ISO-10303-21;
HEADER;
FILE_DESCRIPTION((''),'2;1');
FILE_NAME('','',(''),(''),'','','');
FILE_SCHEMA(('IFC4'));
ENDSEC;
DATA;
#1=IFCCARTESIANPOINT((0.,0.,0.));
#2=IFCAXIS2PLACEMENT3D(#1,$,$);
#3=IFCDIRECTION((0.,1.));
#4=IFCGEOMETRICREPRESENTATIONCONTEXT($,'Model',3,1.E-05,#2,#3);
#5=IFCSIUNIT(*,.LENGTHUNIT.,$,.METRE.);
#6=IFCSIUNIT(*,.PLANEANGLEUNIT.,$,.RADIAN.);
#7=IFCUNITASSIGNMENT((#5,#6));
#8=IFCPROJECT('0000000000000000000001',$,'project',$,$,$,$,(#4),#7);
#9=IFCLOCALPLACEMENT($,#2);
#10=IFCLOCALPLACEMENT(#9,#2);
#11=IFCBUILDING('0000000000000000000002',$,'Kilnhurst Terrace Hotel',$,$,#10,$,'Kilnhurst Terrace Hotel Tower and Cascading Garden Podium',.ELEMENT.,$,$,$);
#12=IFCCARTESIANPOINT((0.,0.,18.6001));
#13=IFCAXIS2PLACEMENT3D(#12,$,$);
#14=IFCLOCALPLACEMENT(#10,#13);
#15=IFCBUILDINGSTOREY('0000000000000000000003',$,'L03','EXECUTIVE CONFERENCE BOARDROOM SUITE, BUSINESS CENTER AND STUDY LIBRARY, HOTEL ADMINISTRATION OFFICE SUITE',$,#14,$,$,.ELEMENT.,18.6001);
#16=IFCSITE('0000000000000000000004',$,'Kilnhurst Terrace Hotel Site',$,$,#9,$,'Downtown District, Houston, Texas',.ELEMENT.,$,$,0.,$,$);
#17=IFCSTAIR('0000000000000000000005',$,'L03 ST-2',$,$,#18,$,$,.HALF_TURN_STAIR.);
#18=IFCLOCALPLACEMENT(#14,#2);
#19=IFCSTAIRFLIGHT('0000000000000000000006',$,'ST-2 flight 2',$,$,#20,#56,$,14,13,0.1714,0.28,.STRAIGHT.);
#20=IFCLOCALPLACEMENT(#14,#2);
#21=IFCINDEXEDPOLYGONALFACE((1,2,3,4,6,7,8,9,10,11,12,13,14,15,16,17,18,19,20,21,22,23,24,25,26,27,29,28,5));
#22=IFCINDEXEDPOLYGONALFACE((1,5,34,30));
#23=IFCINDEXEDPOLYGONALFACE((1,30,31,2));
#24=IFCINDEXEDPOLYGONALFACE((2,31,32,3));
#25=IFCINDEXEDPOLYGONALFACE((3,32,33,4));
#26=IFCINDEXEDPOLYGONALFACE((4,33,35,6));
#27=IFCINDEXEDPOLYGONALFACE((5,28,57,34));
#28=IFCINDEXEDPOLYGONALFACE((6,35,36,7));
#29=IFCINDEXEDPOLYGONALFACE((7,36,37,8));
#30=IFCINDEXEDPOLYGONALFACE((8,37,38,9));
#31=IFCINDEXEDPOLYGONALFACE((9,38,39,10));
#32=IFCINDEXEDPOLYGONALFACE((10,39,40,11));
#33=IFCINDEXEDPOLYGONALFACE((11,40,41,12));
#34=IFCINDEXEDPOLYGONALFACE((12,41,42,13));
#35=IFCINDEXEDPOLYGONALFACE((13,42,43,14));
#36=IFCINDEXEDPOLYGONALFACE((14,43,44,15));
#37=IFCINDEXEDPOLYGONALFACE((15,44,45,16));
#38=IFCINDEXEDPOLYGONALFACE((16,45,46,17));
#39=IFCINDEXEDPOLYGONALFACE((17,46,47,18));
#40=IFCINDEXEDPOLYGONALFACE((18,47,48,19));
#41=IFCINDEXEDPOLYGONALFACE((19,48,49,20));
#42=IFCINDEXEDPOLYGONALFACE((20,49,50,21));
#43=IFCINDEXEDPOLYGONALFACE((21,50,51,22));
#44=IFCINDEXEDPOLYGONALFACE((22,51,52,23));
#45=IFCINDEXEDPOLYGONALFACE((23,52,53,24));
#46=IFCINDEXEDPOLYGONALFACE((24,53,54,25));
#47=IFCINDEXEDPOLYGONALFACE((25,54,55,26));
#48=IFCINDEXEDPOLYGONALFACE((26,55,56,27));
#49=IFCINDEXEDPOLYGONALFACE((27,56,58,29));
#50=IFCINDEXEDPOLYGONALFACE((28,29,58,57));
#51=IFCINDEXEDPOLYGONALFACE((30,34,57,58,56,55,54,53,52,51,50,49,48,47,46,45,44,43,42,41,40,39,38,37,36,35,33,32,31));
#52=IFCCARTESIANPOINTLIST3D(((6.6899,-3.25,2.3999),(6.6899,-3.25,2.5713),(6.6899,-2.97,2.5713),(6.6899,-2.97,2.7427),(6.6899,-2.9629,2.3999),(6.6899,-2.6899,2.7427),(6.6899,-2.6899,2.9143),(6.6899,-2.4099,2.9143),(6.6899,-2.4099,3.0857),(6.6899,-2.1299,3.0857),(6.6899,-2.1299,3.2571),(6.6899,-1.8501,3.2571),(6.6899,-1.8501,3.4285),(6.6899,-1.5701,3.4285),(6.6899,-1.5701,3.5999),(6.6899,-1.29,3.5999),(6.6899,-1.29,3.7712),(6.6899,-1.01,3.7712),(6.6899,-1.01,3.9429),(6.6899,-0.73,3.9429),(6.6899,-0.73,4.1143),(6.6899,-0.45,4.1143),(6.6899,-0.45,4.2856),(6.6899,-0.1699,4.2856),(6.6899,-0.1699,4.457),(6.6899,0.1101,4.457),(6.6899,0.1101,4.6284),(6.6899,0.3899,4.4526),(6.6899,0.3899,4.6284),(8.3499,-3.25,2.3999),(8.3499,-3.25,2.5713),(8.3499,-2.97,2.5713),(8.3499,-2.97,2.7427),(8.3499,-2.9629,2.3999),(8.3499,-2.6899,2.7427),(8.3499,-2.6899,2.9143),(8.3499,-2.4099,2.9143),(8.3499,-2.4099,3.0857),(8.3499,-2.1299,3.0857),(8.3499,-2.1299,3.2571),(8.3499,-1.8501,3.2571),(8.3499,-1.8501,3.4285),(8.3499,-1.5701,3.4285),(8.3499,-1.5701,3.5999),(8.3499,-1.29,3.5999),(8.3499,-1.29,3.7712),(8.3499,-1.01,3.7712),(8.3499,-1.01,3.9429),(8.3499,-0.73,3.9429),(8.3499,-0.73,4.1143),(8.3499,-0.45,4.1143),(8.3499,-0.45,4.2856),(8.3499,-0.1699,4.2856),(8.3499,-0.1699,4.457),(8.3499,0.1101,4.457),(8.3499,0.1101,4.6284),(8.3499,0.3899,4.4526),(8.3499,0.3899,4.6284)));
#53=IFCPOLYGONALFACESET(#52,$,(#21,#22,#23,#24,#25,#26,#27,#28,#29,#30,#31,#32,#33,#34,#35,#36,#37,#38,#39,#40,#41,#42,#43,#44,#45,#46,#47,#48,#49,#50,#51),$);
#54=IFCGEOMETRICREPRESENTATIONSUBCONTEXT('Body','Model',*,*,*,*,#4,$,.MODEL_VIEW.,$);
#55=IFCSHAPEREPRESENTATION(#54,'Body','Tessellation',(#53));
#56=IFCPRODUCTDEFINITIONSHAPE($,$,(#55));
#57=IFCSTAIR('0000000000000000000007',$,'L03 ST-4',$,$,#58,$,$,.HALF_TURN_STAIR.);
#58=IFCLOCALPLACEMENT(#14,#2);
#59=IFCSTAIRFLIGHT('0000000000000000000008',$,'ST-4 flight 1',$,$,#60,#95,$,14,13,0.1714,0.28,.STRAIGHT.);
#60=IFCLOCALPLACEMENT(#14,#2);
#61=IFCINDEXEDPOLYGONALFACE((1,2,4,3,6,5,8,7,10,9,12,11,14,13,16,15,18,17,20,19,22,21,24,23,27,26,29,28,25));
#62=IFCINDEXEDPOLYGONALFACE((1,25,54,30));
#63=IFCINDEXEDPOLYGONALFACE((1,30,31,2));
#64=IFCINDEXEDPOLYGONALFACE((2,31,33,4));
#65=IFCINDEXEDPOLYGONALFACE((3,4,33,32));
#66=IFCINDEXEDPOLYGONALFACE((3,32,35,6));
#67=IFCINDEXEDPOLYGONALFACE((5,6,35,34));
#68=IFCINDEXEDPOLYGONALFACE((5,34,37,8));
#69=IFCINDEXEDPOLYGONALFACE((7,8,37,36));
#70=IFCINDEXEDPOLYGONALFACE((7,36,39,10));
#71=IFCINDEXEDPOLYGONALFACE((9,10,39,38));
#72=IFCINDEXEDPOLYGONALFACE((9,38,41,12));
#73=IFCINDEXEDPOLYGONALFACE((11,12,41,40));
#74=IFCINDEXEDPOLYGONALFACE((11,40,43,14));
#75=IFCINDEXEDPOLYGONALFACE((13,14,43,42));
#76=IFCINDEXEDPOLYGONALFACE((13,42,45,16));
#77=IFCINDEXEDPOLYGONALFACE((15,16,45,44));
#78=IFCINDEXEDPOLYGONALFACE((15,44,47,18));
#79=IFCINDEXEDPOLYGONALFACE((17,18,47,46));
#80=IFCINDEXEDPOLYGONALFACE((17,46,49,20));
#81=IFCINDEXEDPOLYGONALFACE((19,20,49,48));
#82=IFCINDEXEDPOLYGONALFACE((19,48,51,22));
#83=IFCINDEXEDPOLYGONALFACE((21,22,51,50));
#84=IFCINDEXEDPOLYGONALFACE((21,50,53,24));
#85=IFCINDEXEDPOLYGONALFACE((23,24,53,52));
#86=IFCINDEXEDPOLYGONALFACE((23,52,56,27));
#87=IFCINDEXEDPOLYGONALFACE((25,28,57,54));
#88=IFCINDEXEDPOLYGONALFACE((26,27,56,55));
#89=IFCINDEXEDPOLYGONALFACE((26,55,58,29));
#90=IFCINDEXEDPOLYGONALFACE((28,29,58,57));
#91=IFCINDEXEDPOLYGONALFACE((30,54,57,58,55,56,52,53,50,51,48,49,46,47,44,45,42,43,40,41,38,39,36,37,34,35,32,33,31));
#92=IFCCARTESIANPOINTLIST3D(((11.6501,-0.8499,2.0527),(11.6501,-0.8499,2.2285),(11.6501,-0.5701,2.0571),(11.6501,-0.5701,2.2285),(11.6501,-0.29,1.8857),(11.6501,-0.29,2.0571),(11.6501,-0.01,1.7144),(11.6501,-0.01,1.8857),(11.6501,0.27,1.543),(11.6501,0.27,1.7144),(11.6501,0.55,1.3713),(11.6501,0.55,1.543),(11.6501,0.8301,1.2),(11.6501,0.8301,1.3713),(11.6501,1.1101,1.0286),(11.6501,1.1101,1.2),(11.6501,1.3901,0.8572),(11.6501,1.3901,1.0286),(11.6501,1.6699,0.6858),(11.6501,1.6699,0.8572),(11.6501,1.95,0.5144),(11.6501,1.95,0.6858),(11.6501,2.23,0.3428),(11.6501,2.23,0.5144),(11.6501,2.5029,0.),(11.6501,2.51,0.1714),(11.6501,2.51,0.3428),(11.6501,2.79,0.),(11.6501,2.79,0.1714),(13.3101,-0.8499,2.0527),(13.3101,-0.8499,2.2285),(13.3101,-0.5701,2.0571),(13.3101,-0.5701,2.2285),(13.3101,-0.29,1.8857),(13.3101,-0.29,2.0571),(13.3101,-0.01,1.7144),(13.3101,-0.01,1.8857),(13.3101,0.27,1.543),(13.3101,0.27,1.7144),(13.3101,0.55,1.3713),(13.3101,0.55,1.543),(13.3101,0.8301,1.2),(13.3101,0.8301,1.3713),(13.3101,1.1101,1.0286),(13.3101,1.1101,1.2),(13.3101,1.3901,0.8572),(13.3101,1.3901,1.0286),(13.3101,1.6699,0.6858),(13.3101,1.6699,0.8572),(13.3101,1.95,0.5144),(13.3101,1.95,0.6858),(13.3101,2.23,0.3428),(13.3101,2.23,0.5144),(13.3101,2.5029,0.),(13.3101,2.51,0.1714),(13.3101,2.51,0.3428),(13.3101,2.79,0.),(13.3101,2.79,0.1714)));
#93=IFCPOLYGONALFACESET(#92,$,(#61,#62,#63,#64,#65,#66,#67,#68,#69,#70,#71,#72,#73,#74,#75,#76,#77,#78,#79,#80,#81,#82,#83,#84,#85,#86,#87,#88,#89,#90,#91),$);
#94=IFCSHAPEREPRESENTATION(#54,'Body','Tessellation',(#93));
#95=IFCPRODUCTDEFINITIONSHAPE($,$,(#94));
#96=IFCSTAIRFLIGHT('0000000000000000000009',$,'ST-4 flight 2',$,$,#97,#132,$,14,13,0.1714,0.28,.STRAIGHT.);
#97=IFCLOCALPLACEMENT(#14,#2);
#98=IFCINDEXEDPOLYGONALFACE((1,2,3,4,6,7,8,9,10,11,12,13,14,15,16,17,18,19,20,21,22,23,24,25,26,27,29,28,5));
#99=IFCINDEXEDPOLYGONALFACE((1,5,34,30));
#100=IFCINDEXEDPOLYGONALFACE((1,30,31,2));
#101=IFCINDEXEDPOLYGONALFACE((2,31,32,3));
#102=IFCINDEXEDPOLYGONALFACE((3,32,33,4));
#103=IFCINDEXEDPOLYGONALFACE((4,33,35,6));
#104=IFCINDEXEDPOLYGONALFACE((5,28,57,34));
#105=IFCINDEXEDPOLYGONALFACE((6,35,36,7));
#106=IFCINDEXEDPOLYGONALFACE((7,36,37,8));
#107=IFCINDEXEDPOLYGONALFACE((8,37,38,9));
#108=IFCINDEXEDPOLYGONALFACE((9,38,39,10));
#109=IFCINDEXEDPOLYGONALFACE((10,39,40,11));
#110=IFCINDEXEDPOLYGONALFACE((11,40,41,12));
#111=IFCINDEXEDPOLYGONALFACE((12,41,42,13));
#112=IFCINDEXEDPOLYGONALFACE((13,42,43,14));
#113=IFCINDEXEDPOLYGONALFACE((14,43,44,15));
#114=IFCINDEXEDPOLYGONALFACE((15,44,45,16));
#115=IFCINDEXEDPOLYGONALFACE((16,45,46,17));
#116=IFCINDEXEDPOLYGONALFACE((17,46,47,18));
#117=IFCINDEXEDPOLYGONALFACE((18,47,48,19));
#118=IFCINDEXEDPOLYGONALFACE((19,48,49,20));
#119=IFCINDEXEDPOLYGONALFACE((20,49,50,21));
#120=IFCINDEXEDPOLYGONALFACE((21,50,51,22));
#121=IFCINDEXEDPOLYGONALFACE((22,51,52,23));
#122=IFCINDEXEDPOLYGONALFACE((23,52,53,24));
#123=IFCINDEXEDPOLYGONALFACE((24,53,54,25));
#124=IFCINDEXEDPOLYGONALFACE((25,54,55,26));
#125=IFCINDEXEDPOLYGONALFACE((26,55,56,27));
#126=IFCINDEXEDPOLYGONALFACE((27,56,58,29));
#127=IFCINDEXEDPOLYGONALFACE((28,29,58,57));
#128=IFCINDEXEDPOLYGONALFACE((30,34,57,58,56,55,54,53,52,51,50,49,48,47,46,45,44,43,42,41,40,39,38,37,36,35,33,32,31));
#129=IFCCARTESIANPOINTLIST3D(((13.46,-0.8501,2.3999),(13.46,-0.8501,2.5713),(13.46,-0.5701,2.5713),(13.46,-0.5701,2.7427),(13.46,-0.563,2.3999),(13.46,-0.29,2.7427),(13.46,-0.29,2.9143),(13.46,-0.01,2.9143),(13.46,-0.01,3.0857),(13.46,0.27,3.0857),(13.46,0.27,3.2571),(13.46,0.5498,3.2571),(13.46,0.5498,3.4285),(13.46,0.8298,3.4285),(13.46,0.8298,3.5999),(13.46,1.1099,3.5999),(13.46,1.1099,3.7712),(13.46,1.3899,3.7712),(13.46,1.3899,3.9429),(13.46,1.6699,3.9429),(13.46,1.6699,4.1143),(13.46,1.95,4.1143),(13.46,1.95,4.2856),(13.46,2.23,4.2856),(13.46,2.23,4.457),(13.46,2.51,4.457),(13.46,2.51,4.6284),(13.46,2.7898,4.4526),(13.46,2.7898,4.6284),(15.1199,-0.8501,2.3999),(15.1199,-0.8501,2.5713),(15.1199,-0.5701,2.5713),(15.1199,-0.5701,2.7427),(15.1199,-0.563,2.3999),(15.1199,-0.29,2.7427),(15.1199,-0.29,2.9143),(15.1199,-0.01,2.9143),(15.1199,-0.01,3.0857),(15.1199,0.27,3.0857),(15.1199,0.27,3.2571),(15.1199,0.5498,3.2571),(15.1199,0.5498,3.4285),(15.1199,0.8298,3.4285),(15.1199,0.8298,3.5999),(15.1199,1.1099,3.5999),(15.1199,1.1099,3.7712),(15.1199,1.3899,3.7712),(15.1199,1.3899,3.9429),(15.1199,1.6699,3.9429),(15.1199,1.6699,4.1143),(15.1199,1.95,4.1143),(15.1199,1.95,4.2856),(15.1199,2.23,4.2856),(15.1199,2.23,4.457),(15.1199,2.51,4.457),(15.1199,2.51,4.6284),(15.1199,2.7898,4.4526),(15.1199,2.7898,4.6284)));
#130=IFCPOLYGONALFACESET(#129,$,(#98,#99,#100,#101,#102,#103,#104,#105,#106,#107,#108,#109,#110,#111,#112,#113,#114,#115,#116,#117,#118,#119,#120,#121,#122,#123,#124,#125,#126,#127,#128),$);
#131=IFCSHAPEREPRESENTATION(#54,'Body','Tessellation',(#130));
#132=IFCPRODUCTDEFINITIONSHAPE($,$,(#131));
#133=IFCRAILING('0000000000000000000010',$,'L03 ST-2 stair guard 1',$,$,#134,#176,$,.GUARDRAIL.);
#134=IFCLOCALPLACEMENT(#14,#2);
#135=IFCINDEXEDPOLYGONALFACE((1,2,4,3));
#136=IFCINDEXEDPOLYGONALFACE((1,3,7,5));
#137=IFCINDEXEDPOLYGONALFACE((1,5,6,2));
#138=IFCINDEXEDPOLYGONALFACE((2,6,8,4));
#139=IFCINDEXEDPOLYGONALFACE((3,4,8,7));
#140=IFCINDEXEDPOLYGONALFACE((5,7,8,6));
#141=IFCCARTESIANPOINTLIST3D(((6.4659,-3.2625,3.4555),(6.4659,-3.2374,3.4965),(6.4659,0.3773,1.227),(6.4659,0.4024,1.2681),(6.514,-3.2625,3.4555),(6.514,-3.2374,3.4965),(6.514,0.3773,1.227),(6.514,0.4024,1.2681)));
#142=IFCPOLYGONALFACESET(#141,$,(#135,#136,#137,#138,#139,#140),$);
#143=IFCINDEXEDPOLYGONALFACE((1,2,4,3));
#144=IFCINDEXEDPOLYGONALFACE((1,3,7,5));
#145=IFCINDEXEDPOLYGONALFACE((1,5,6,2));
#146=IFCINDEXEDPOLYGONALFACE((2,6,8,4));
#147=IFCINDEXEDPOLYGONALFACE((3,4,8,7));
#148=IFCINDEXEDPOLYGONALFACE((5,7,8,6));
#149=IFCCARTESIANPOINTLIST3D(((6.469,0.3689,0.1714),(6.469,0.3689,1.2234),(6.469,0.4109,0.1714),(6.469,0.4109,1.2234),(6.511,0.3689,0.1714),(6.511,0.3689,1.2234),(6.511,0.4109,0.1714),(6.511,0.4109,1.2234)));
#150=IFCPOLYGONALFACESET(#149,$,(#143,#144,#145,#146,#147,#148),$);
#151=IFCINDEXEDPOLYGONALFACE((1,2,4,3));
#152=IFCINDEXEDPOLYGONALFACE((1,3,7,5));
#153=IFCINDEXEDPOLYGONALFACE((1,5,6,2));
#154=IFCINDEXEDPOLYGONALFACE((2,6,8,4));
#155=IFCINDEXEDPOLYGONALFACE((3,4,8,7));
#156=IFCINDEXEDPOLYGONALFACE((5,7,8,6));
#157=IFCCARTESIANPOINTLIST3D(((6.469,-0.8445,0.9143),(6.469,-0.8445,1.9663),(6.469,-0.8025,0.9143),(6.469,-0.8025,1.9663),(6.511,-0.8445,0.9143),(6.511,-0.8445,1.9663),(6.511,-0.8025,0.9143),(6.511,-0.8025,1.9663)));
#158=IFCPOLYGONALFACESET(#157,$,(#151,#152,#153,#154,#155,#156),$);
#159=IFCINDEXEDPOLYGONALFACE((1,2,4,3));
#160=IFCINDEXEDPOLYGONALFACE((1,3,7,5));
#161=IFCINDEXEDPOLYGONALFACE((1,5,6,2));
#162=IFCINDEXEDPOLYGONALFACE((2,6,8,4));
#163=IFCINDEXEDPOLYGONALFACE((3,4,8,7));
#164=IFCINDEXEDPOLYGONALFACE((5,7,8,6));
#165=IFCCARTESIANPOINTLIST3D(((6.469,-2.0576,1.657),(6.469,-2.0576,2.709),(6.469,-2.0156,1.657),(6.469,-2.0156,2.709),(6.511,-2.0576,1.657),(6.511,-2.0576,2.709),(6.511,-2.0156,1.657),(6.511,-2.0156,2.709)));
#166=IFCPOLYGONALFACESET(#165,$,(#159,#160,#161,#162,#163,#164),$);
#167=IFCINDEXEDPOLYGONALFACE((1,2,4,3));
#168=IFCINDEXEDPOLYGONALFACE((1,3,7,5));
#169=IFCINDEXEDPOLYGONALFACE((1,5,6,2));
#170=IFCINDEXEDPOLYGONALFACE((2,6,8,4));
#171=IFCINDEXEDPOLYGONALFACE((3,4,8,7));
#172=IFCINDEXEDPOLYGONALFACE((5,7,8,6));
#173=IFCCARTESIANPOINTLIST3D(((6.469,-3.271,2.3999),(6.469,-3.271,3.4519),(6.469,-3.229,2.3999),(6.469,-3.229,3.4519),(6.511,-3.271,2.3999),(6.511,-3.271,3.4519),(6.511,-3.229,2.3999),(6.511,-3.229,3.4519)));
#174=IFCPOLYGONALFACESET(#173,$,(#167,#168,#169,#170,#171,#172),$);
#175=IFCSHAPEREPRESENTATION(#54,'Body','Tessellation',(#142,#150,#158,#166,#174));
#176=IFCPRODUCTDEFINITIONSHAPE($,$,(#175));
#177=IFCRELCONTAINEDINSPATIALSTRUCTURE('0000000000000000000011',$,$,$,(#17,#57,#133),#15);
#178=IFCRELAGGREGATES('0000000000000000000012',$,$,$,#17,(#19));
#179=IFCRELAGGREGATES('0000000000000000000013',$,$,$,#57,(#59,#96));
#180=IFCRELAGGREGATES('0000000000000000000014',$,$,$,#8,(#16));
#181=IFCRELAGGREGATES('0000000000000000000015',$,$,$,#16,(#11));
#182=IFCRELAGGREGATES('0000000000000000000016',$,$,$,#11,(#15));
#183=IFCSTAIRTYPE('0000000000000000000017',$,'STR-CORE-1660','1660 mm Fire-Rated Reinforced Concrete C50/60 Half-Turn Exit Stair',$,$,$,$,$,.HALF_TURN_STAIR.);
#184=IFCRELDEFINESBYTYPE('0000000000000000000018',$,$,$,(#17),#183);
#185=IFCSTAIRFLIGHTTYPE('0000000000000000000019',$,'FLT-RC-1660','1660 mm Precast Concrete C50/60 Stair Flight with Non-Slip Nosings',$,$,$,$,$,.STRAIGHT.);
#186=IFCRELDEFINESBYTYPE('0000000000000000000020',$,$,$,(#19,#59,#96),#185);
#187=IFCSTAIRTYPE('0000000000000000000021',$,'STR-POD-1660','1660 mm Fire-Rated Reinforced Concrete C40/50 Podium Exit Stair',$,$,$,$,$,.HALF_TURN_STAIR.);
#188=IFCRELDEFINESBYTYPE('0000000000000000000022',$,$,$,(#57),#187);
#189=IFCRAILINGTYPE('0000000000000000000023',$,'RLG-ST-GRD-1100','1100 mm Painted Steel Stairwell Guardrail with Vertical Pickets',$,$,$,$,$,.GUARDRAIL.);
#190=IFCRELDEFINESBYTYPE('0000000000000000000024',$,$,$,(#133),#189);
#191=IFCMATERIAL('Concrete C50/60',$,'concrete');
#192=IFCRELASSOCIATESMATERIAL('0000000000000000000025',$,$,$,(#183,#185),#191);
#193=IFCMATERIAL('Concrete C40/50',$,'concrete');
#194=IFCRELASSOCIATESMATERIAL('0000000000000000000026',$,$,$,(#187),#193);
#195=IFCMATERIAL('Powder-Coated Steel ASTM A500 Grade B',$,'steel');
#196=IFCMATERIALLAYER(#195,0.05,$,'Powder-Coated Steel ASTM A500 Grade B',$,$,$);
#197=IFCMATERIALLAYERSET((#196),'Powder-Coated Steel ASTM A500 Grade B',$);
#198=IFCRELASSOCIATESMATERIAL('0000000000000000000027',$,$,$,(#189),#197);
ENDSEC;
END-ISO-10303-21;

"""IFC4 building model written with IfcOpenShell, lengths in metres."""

from ifc_helpers import new_model, si_unit, direction, frame, origin, origin_2d, place, context, subcontext, project, spatial, polyline, rectangle, outline, extrude, material, layer, layer_set, type_object, element, aggregate, save


model = new_model("IFC4")

# Units and contexts
model_context = context("Model", 3, precision=1e-05, world=origin(), true_north=direction((0.0, 1.0)))
body_context = subcontext(model_context, "Body", "Model", "MODEL_VIEW")
ifc_project = project(units=[si_unit("LENGTHUNIT", "METRE"), si_unit("PLANEANGLEUNIT", "RADIAN")], contexts=[model_context])

# Site, building, storey
site_placement = place(None, origin())
site = spatial("IfcSite", under=ifc_project, at=site_placement, Name="Kilnhurst Terrace Hotel Site", LongName="Downtown District, Houston, Texas", CompositionType="ELEMENT", RefElevation=0.0)
building_placement = place(site_placement, origin())
building = spatial("IfcBuilding", under=site, at=building_placement, Name="Kilnhurst Terrace Hotel", LongName="Kilnhurst Terrace Hotel Tower and Cascading Garden Podium", CompositionType="ELEMENT")
storey_placement = place(building_placement, frame((0.0, 0.0, 18.6001)))
storey = spatial("IfcBuildingStorey", under=building, at=storey_placement, Name="L03", Description="EXECUTIVE CONFERENCE BOARDROOM SUITE, BUSINESS CENTER AND STUDY LIBRARY, HOTEL ADMINISTRATION OFFICE SUITE", CompositionType="ELEMENT", Elevation=18.6001)

# Stair, stair flight
ifc_material_1 = material(Name="Concrete C50/60", Category="concrete")
stair_type_1 = type_object("IfcStairType", Name="STR-CORE-1660", Description="1660 mm Fire-Rated Reinforced Concrete C50/60 Half-Turn Exit Stair", PredefinedType="HALF_TURN_STAIR", material=ifc_material_1)
stair_1_placement = place(storey_placement, origin())
stair_1 = element("IfcStair", 1, at=stair_1_placement, inside=storey, type_object=stair_type_1, Name="L03 ST-2", PredefinedType="HALF_TURN_STAIR")
stair_flight_type = type_object("IfcStairFlightType", Name="FLT-RC-1660", Description="1660 mm Precast Concrete C50/60 Stair Flight with Non-Slip Nosings", PredefinedType="STRAIGHT", material=ifc_material_1)
stair_flight_1_placement = place(storey_placement, frame((7.52, -3.25, 2.3999), z_axis=(0.0, 0.0, 1.0), x_axis=(0.0, 1.0, 0.0)))
stair_flight_1 = element("IfcStairFlight", 2, at=stair_flight_1_placement, type_object=stair_flight_type, Name="ST-2 flight 2", NumberOfRisers=14, NumberOfTreads=13, PredefinedType="STRAIGHT", RiserHeight=0.1714, TreadLength=0.28, context=body_context, shape_type="SweptSolid", body=[
    extrude(outline(polyline([(0.0, 0.0), (0.0, 0.1714), (0.28, 0.1714), (0.28, 0.3428), (0.5601, 0.3428), (0.5601, 0.5144), (0.8401, 0.5144), (0.8401, 0.6858), (1.1201, 0.6858), (1.1201, 0.8572), (1.3999, 0.8572), (1.3999, 1.0286), (1.6799, 1.0286), (1.6799, 1.2), (1.96, 1.2), (1.96, 1.3713), (2.24, 1.3713), (2.24, 1.543), (2.52, 1.543), (2.52, 1.7144), (2.8, 1.7144), (2.8, 1.8857), (3.0801, 1.8857), (3.0801, 2.0571), (3.3601, 2.0571), (3.3601, 2.2285), (3.6399, 2.2285), (3.6399, 2.3999), (3.6399, 2.0527), (0.2871, 0.0), (0.0, 0.0)])), frame((0.0, 0.8301, 0.0), z_axis=(0.0, -1.0, 0.0), x_axis=(1.0, 0.0, 0.0)), (0.0, 0.0, 1.0), 1.6599),
])
aggregate(stair_1, [stair_flight_1])

# Stair, stair flights
ifc_material_2 = material(Name="Concrete C40/50", Category="concrete")
stair_type_2 = type_object("IfcStairType", Name="STR-POD-1660", Description="1660 mm Fire-Rated Reinforced Concrete C40/50 Podium Exit Stair", PredefinedType="HALF_TURN_STAIR", material=ifc_material_2)
stair_2_placement = place(storey_placement, origin())
stair_2 = element("IfcStair", 3, at=stair_2_placement, inside=storey, type_object=stair_type_2, Name="L03 ST-4", PredefinedType="HALF_TURN_STAIR")
stair_flight_2_placement = place(storey_placement, frame((12.48, 2.79, 0.0), z_axis=(0.0, 0.0, 1.0), x_axis=(0.0, -1.0, 0.0)))
stair_flight_2 = element("IfcStairFlight", 4, at=stair_flight_2_placement, type_object=stair_flight_type, Name="ST-4 flight 1", NumberOfRisers=14, NumberOfTreads=13, PredefinedType="STRAIGHT", RiserHeight=0.1714, TreadLength=0.28, context=body_context, shape_type="SweptSolid", body=[
    extrude(outline(polyline([(0.0, 0.0), (0.0, 0.1714), (0.28, 0.1714), (0.28, 0.3428), (0.5601, 0.3428), (0.5601, 0.5144), (0.8401, 0.5144), (0.8401, 0.6858), (1.1201, 0.6858), (1.1201, 0.8572), (1.3999, 0.8572), (1.3999, 1.0286), (1.6799, 1.0286), (1.6799, 1.2), (1.96, 1.2), (1.96, 1.3713), (2.24, 1.3713), (2.24, 1.543), (2.52, 1.543), (2.52, 1.7144), (2.8, 1.7144), (2.8, 1.8857), (3.0801, 1.8857), (3.0801, 2.0571), (3.3601, 2.0571), (3.3601, 2.2285), (3.6399, 2.2285), (3.6399, 2.3999), (3.6399, 2.0527), (0.2871, 0.0), (0.0, 0.0)])), frame((0.0, 0.8301, 0.0), z_axis=(0.0, -1.0, 0.0), x_axis=(1.0, 0.0, 0.0)), (0.0, 0.0, 1.0), 1.6599),
])
stair_flight_3_placement = place(storey_placement, frame((14.29, -0.8501, 2.3999), z_axis=(0.0, 0.0, 1.0), x_axis=(0.0, 1.0, 0.0)))
stair_flight_3 = element("IfcStairFlight", 5, at=stair_flight_3_placement, type_object=stair_flight_type, Name="ST-4 flight 2", NumberOfRisers=14, NumberOfTreads=13, PredefinedType="STRAIGHT", RiserHeight=0.1714, TreadLength=0.28, context=body_context, shape_type="SweptSolid", body=[
    extrude(outline(polyline([(0.0, 0.0), (0.0, 0.1714), (0.28, 0.1714), (0.28, 0.3428), (0.5601, 0.3428), (0.5601, 0.5144), (0.8401, 0.5144), (0.8401, 0.6858), (1.1201, 0.6858), (1.1201, 0.8572), (1.3999, 0.8572), (1.3999, 1.0286), (1.6799, 1.0286), (1.6799, 1.2), (1.96, 1.2), (1.96, 1.3713), (2.24, 1.3713), (2.24, 1.543), (2.52, 1.543), (2.52, 1.7144), (2.8, 1.7144), (2.8, 1.8857), (3.0801, 1.8857), (3.0801, 2.0571), (3.3601, 2.0571), (3.3601, 2.2285), (3.6399, 2.2285), (3.6399, 2.3999), (3.6399, 2.0527), (0.2871, 0.0), (0.0, 0.0)])), frame((0.0, 0.8301, 0.0), z_axis=(0.0, -1.0, 0.0), x_axis=(1.0, 0.0, 0.0)), (0.0, 0.0, 1.0), 1.6599),
])
aggregate(stair_2, [stair_flight_2, stair_flight_3])

# Railing
ifc_material_3 = material(Name="Powder-Coated Steel ASTM A500 Grade B", Category="steel")
ifc_layer_1 = layer(ifc_material_3, 0.05, Name="Powder-Coated Steel ASTM A500 Grade B")
ifc_layer_set_1 = layer_set([ifc_layer_1], Name="Powder-Coated Steel ASTM A500 Grade B")
railing_type_1 = type_object("IfcRailingType", Name="RLG-ST-GRD-1100", Description="1100 mm Painted Steel Stairwell Guardrail with Vertical Pickets", PredefinedType="GUARDRAIL", material=ifc_layer_set_1)
railing_1_placement = place(storey_placement, frame((6.49, 0.3899, 0.1714)))
element("IfcRailing", 6, at=railing_1_placement, inside=storey, type_object=railing_type_1, Name="L03 ST-2 stair guard 1", PredefinedType="GUARDRAIL", context=body_context, shape_type="SweptSolid", body=[
    extrude(rectangle(XDim=0.0481, YDim=0.0481, at=origin_2d()), frame((0.0, 0.0, 1.0762), z_axis=(0.0, -0.85285, 0.522156), x_axis=(1.0, 0.0, 0.0)), (0.0, 0.0, 1.0), 4.2678),
    extrude(rectangle(XDim=0.042, YDim=0.042, at=origin_2d()), origin(), (0.0, 0.0, 1.0), 1.052),
    extrude(rectangle(XDim=0.042, YDim=0.042, at=origin_2d()), frame((0.0, -1.2134, 0.7429)), (0.0, 0.0, 1.0), 1.052),
    extrude(rectangle(XDim=0.042, YDim=0.042, at=origin_2d()), frame((0.0, -2.4265, 1.4856)), (0.0, 0.0, 1.0), 1.052),
    extrude(rectangle(XDim=0.042, YDim=0.042, at=origin_2d()), frame((0.0, -3.6399, 2.2285)), (0.0, 0.0, 1.0), 1.052),
])

save(model, "model.ifc")
